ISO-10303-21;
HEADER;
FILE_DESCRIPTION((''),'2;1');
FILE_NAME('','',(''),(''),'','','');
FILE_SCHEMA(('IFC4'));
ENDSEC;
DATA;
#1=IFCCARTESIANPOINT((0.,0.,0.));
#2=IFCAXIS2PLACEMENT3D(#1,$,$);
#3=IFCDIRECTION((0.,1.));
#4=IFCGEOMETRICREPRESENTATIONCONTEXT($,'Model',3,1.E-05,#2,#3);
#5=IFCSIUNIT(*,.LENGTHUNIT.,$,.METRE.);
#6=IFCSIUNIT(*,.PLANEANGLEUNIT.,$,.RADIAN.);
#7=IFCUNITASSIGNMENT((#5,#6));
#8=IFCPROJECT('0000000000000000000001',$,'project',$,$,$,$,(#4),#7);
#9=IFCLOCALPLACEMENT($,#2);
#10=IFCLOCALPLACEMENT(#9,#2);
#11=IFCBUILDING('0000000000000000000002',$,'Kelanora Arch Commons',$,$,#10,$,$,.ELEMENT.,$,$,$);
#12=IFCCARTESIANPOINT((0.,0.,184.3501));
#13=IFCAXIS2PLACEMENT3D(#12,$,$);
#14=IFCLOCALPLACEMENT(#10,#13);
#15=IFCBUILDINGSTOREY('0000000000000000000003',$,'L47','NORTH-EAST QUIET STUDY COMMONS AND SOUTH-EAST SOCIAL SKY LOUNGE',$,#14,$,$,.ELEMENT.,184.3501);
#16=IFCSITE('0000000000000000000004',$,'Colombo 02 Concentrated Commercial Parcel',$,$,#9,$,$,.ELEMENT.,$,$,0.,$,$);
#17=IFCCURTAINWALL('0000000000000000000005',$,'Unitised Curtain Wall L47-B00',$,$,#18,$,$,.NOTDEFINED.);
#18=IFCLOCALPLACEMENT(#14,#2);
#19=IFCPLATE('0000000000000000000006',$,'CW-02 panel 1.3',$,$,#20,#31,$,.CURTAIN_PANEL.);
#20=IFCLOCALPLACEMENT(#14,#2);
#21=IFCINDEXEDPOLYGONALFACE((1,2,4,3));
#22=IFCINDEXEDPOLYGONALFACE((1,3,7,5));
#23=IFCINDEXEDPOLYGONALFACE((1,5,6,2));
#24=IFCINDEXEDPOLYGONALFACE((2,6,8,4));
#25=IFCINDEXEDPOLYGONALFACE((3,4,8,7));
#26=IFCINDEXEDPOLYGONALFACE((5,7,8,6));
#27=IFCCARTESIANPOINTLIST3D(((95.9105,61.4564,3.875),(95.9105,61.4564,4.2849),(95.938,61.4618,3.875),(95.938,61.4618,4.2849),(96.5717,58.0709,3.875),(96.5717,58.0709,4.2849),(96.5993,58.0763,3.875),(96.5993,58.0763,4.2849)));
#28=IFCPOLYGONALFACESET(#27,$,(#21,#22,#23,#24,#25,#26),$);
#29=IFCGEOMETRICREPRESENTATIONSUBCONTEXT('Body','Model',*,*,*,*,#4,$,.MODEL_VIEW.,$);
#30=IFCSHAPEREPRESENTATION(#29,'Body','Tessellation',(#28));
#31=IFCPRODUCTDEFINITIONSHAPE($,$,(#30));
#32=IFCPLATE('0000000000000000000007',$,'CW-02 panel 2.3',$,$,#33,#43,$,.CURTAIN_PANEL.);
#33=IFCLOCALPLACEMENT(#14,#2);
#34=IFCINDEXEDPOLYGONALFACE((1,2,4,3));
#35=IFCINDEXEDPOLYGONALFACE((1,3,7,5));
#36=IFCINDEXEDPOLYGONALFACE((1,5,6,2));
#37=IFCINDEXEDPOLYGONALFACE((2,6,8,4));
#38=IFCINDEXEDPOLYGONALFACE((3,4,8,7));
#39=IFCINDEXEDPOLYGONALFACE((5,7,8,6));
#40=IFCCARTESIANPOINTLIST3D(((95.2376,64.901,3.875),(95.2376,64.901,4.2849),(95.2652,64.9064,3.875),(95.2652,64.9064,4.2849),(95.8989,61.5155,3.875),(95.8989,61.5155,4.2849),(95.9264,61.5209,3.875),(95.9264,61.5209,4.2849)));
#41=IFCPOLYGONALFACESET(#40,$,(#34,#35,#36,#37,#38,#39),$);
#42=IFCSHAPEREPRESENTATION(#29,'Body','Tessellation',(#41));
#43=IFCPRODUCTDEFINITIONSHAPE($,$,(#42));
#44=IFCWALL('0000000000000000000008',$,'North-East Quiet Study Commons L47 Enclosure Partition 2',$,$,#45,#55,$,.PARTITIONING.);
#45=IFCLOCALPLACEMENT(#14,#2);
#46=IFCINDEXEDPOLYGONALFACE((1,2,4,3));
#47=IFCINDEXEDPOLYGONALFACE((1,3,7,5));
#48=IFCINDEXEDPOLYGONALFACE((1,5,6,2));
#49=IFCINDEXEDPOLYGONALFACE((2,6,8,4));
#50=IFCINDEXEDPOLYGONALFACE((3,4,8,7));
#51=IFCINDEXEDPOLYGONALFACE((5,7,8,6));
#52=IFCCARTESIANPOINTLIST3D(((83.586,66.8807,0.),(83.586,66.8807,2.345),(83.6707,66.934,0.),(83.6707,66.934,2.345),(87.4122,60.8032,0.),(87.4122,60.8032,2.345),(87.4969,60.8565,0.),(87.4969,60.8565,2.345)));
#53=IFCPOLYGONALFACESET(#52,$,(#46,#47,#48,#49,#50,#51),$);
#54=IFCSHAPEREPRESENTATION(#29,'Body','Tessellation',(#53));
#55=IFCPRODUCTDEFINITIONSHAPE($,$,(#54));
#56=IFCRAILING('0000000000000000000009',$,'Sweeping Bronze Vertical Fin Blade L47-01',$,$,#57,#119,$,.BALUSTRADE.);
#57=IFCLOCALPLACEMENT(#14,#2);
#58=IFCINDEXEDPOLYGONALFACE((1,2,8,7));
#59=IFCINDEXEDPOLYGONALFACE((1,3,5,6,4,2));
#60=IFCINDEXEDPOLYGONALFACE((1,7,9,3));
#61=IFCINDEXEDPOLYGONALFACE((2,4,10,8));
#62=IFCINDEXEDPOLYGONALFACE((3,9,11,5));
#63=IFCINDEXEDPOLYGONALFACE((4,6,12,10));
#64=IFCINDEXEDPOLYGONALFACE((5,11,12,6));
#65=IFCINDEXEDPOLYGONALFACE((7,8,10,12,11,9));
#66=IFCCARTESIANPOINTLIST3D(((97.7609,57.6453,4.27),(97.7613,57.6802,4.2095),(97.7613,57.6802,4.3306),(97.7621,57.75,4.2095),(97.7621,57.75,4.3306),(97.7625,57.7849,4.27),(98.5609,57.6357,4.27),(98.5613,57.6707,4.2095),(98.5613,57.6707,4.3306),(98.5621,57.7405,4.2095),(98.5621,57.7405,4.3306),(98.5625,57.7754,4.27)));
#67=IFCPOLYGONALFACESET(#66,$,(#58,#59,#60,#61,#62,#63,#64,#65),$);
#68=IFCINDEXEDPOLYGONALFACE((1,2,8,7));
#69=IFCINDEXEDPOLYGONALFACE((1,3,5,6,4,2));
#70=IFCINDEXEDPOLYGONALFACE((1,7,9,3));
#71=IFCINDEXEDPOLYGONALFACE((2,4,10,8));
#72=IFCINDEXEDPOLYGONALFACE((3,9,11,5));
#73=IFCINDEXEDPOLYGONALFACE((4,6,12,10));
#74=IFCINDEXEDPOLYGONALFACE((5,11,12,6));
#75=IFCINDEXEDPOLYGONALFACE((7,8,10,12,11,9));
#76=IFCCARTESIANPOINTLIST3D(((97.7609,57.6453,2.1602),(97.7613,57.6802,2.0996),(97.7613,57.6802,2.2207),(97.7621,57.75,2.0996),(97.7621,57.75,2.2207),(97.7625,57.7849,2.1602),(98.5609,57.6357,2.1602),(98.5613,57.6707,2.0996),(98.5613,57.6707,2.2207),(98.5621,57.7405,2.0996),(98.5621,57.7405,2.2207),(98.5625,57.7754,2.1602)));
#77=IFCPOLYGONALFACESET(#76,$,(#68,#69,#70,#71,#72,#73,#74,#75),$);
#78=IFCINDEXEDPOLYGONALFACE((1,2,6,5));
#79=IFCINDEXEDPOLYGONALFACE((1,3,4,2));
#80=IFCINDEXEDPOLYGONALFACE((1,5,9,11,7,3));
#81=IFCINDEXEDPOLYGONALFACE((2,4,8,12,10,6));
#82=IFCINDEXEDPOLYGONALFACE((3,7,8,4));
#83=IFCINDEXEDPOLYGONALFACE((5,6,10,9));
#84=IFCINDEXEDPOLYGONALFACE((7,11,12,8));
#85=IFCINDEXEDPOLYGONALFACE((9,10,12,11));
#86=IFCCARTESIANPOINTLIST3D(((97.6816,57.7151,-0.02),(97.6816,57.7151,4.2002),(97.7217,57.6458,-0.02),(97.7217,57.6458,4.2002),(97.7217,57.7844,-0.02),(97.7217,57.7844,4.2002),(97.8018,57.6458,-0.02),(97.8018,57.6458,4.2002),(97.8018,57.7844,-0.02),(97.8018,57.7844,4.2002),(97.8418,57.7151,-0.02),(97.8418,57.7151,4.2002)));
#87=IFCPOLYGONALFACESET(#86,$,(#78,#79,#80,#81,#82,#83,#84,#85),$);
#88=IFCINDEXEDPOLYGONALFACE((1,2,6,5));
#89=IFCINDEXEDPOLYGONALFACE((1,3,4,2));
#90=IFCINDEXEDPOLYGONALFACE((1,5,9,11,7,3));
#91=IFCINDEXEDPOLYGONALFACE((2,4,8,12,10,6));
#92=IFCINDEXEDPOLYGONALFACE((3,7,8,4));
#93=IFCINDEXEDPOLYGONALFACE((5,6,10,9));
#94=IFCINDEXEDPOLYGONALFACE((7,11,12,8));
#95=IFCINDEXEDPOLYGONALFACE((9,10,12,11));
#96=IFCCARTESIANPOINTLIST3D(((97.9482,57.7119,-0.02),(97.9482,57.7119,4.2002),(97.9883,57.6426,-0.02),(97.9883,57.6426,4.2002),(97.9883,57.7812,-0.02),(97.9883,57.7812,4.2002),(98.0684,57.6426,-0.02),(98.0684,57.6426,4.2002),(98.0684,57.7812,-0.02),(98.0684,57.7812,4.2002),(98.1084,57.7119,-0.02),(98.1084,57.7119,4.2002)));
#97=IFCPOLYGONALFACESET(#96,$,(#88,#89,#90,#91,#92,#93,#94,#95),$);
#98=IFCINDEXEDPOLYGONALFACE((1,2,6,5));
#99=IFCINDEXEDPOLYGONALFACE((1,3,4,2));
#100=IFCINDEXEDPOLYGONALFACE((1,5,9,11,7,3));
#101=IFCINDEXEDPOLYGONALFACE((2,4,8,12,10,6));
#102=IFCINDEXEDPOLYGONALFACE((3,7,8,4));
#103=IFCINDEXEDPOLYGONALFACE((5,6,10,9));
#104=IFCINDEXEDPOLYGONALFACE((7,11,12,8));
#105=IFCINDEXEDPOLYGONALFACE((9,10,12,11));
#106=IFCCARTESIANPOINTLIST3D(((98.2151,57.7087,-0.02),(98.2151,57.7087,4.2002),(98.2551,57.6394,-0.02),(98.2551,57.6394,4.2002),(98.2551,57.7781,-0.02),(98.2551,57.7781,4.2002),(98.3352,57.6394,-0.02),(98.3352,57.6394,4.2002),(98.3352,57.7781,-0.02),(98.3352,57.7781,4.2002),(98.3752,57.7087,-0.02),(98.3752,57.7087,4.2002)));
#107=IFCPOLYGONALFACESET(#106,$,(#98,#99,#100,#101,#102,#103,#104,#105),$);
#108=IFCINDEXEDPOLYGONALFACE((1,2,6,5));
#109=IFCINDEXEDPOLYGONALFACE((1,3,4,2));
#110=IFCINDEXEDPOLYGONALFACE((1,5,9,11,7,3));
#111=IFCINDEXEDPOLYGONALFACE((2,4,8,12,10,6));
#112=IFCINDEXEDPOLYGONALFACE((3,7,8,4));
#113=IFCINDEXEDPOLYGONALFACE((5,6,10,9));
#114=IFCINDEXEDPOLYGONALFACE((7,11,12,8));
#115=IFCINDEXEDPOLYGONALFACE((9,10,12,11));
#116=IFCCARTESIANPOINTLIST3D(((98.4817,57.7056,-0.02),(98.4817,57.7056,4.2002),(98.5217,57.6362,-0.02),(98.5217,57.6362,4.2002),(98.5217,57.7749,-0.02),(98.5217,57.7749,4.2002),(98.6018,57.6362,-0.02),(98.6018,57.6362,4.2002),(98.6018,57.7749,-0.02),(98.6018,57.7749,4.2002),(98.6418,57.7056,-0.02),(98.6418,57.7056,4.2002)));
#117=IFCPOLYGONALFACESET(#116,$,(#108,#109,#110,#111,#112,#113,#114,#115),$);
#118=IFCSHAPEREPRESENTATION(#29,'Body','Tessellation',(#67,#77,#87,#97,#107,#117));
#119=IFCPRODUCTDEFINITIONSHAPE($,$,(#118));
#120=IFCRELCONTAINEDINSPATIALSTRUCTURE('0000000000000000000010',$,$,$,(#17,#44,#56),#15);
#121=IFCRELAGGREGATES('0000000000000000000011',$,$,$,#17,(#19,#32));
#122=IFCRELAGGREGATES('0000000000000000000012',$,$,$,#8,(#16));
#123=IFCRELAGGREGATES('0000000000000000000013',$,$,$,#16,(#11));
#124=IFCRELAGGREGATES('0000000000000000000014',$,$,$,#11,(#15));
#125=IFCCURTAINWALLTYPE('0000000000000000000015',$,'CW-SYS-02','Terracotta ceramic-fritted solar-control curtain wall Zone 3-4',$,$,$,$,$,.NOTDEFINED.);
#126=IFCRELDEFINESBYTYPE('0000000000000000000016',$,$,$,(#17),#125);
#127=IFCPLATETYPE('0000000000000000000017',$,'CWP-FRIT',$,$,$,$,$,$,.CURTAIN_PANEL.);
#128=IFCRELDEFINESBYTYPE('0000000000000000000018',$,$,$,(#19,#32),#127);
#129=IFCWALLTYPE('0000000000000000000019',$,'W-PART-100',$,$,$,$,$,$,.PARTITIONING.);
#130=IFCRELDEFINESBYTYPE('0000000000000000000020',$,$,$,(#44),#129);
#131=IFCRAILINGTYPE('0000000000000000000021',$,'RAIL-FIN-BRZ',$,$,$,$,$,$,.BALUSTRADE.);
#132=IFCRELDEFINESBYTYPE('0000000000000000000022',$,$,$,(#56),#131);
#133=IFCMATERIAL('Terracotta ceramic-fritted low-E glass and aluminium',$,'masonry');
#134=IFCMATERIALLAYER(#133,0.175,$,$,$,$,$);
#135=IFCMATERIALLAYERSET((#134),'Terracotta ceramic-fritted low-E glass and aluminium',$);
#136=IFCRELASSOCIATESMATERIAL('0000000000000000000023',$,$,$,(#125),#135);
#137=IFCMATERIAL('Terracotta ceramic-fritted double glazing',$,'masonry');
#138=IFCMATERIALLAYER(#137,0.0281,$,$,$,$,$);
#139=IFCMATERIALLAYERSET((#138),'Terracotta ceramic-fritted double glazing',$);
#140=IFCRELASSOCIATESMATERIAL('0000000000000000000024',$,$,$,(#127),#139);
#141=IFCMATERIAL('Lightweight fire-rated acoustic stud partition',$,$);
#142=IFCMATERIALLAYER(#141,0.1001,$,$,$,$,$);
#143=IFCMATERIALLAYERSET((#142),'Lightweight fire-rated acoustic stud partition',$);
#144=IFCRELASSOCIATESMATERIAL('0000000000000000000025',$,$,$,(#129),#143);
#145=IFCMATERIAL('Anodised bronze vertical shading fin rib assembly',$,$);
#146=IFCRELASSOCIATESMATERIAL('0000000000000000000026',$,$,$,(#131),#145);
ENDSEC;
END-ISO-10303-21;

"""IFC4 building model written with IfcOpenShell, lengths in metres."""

from ifc_helpers import new_model, si_unit, direction, frame, frame_2d, origin, origin_2d, place, context, subcontext, project, spatial, polyline, rectangle, outline, extrude, source, transform, mapped, material, layer, layer_set, type_object, element, aggregate, save


model = new_model("IFC4")

# Units and contexts
model_context = context("Model", 3, precision=1e-05, world=origin(), true_north=direction((0.0, 1.0)))
body_context = subcontext(model_context, "Body", "Model", "MODEL_VIEW")
ifc_project = project(units=[si_unit("LENGTHUNIT", "METRE"), si_unit("PLANEANGLEUNIT", "RADIAN")], contexts=[model_context])

# Site, building, storey
site_placement = place(None, origin())
site = spatial("IfcSite", under=ifc_project, at=site_placement, Name="Colombo 02 Concentrated Commercial Parcel", CompositionType="ELEMENT", RefElevation=0.0)
building_placement = place(site_placement, origin())
building = spatial("IfcBuilding", under=site, at=building_placement, Name="Kelanora Arch Commons", CompositionType="ELEMENT")
storey_placement = place(building_placement, frame((0.0, 0.0, 184.3501)))
storey = spatial("IfcBuildingStorey", under=building, at=storey_placement, Name="L47", Description="NORTH-EAST QUIET STUDY COMMONS AND SOUTH-EAST SOCIAL SKY LOUNGE", CompositionType="ELEMENT", Elevation=184.3501)

# Curtain wall, plates
ifc_material_1 = material(Name="Terracotta ceramic-fritted low-E glass and aluminium", Category="masonry")
ifc_layer_1 = layer(ifc_material_1, 0.175)
ifc_layer_set_1 = layer_set([ifc_layer_1], Name="Terracotta ceramic-fritted low-E glass and aluminium")
curtain_wall_type = type_object("IfcCurtainWallType", Name="CW-SYS-02", Description="Terracotta ceramic-fritted solar-control curtain wall Zone 3-4", PredefinedType="NOTDEFINED", material=ifc_layer_set_1)
curtain_wall_placement = place(storey_placement, origin())
curtain_wall = element("IfcCurtainWall", 1, at=curtain_wall_placement, inside=storey, type_object=curtain_wall_type, Name="Unitised Curtain Wall L47-B00", PredefinedType="NOTDEFINED")
ifc_material_2 = material(Name="Terracotta ceramic-fritted double glazing", Category="masonry")
ifc_layer_2 = layer(ifc_material_2, 0.0281)
ifc_layer_set_2 = layer_set([ifc_layer_2], Name="Terracotta ceramic-fritted double glazing")
plate_type = type_object("IfcPlateType", Name="CWP-FRIT", PredefinedType="CURTAIN_PANEL", material=ifc_layer_set_2)
shared_shape_1 = source(origin(), body_context, "Body", "SweptSolid", [
    extrude(rectangle(XDim=3.4495, YDim=0.0281, at=origin_2d()), origin(), (0.0, 0.0, 1.0), 0.4099),
])
plate_1_placement = place(storey_placement, frame((96.2549, 59.7664, 3.875), z_axis=(0.0, 0.0, 1.0), x_axis=(-0.191705, 0.981453, 0.0)))
plate_1 = element("IfcPlate", 2, at=plate_1_placement, type_object=plate_type, Name="CW-02 panel 1.3", PredefinedType="CURTAIN_PANEL", context=body_context, shape_type="MappedRepresentation", body=[
    mapped(shared_shape_1, transform((0.0, 0.0, 0.0), scale=1.0)),
])
plate_2_placement = place(storey_placement, frame((95.582, 63.2109, 3.875), z_axis=(0.0, 0.0, 1.0), x_axis=(-0.191705, 0.981453, 0.0)))
plate_2 = element("IfcPlate", 3, at=plate_2_placement, type_object=plate_type, Name="CW-02 panel 2.3", PredefinedType="CURTAIN_PANEL", context=body_context, shape_type="MappedRepresentation", body=[
    mapped(shared_shape_1, transform((0.0, 0.0, 0.0), scale=1.0)),
])
aggregate(curtain_wall, [plate_1, plate_2])

# Wall
ifc_material_3 = material(Name="Lightweight fire-rated acoustic stud partition")
ifc_layer_3 = layer(ifc_material_3, 0.1001)
ifc_layer_set_3 = layer_set([ifc_layer_3], Name="Lightweight fire-rated acoustic stud partition")
wall_type = type_object("IfcWallType", Name="W-PART-100", PredefinedType="PARTITIONING", material=ifc_layer_set_3)
wall_placement = place(storey_placement, frame((87.4546, 60.8298, 0.0), z_axis=(0.0, 0.0, 1.0), x_axis=(-0.53278, 0.846254, 0.0)))
element("IfcWall", 4, at=wall_placement, inside=storey, type_object=wall_type, Name="North-East Quiet Study Commons L47 Enclosure Partition 2", PredefinedType="PARTITIONING", context=body_context, shape_type="SweptSolid", body=[
    extrude(rectangle(XDim=7.1816, YDim=0.1001, at=frame_2d((3.5908, 0.0))), origin(), (0.0, 0.0, 1.0), 2.345),
])

# Railing
ifc_material_4 = material(Name="Anodised bronze vertical shading fin rib assembly")
railing_type_1 = type_object("IfcRailingType", Name="RAIL-FIN-BRZ", PredefinedType="BALUSTRADE", material=ifc_material_4)
railing_1_placement = place(storey_placement, frame((97.7617, 57.7151, -0.02)))
element("IfcRailing", 5, at=railing_1_placement, inside=storey, type_object=railing_type_1, Name="Sweeping Bronze Vertical Fin Blade L47-01", PredefinedType="BALUSTRADE", context=body_context, shape_type="SweptSolid", body=[
    extrude(outline(polyline([(0.0698, 0.0), (0.0349, 0.0605), (-0.0349, 0.0605), (-0.0698, 0.0), (-0.0349, -0.0605), (0.0349, -0.0605), (0.0698, 0.0)])), frame((0.0, 0.0, 4.29), z_axis=(0.999929, -0.0119, 0.0), x_axis=(0.0119, 0.999929, 0.0)), (0.0, 0.0, 1.0), 0.8),
    extrude(outline(polyline([(0.0698, 0.0), (0.0349, 0.0605), (-0.0349, 0.0605), (-0.0698, 0.0), (-0.0349, -0.0605), (0.0349, -0.0605), (0.0698, 0.0)])), frame((0.0, 0.0, 2.1802), z_axis=(0.999929, -0.0119, 0.0), x_axis=(0.0119, 0.999929, 0.0)), (0.0, 0.0, 1.0), 0.8),
    extrude(outline(polyline([(0.0801, 0.0), (0.04, 0.0693), (-0.04, 0.0693), (-0.0801, 0.0), (-0.04, -0.0693), (0.04, -0.0693), (0.0801, 0.0)])), origin(), (0.0, 0.0, 1.0), 4.2202),
    extrude(outline(polyline([(0.0801, 0.0), (0.04, 0.0693), (-0.04, 0.0693), (-0.0801, 0.0), (-0.04, -0.0693), (0.04, -0.0693), (0.0801, 0.0)])), frame((0.2666, -0.0032, 0.0)), (0.0, 0.0, 1.0), 4.2202),
    extrude(outline(polyline([(0.0801, 0.0), (0.04, 0.0693), (-0.04, 0.0693), (-0.0801, 0.0), (-0.04, -0.0693), (0.04, -0.0693), (0.0801, 0.0)])), frame((0.5334, -0.0063, 0.0)), (0.0, 0.0, 1.0), 4.2202),
    extrude(outline(polyline([(0.0801, 0.0), (0.04, 0.0693), (-0.04, 0.0693), (-0.0801, 0.0), (-0.04, -0.0693), (0.04, -0.0693), (0.0801, 0.0)])), frame((0.8, -0.0095, 0.0)), (0.0, 0.0, 1.0), 4.2202),
])

save(model, "model.ifc")
